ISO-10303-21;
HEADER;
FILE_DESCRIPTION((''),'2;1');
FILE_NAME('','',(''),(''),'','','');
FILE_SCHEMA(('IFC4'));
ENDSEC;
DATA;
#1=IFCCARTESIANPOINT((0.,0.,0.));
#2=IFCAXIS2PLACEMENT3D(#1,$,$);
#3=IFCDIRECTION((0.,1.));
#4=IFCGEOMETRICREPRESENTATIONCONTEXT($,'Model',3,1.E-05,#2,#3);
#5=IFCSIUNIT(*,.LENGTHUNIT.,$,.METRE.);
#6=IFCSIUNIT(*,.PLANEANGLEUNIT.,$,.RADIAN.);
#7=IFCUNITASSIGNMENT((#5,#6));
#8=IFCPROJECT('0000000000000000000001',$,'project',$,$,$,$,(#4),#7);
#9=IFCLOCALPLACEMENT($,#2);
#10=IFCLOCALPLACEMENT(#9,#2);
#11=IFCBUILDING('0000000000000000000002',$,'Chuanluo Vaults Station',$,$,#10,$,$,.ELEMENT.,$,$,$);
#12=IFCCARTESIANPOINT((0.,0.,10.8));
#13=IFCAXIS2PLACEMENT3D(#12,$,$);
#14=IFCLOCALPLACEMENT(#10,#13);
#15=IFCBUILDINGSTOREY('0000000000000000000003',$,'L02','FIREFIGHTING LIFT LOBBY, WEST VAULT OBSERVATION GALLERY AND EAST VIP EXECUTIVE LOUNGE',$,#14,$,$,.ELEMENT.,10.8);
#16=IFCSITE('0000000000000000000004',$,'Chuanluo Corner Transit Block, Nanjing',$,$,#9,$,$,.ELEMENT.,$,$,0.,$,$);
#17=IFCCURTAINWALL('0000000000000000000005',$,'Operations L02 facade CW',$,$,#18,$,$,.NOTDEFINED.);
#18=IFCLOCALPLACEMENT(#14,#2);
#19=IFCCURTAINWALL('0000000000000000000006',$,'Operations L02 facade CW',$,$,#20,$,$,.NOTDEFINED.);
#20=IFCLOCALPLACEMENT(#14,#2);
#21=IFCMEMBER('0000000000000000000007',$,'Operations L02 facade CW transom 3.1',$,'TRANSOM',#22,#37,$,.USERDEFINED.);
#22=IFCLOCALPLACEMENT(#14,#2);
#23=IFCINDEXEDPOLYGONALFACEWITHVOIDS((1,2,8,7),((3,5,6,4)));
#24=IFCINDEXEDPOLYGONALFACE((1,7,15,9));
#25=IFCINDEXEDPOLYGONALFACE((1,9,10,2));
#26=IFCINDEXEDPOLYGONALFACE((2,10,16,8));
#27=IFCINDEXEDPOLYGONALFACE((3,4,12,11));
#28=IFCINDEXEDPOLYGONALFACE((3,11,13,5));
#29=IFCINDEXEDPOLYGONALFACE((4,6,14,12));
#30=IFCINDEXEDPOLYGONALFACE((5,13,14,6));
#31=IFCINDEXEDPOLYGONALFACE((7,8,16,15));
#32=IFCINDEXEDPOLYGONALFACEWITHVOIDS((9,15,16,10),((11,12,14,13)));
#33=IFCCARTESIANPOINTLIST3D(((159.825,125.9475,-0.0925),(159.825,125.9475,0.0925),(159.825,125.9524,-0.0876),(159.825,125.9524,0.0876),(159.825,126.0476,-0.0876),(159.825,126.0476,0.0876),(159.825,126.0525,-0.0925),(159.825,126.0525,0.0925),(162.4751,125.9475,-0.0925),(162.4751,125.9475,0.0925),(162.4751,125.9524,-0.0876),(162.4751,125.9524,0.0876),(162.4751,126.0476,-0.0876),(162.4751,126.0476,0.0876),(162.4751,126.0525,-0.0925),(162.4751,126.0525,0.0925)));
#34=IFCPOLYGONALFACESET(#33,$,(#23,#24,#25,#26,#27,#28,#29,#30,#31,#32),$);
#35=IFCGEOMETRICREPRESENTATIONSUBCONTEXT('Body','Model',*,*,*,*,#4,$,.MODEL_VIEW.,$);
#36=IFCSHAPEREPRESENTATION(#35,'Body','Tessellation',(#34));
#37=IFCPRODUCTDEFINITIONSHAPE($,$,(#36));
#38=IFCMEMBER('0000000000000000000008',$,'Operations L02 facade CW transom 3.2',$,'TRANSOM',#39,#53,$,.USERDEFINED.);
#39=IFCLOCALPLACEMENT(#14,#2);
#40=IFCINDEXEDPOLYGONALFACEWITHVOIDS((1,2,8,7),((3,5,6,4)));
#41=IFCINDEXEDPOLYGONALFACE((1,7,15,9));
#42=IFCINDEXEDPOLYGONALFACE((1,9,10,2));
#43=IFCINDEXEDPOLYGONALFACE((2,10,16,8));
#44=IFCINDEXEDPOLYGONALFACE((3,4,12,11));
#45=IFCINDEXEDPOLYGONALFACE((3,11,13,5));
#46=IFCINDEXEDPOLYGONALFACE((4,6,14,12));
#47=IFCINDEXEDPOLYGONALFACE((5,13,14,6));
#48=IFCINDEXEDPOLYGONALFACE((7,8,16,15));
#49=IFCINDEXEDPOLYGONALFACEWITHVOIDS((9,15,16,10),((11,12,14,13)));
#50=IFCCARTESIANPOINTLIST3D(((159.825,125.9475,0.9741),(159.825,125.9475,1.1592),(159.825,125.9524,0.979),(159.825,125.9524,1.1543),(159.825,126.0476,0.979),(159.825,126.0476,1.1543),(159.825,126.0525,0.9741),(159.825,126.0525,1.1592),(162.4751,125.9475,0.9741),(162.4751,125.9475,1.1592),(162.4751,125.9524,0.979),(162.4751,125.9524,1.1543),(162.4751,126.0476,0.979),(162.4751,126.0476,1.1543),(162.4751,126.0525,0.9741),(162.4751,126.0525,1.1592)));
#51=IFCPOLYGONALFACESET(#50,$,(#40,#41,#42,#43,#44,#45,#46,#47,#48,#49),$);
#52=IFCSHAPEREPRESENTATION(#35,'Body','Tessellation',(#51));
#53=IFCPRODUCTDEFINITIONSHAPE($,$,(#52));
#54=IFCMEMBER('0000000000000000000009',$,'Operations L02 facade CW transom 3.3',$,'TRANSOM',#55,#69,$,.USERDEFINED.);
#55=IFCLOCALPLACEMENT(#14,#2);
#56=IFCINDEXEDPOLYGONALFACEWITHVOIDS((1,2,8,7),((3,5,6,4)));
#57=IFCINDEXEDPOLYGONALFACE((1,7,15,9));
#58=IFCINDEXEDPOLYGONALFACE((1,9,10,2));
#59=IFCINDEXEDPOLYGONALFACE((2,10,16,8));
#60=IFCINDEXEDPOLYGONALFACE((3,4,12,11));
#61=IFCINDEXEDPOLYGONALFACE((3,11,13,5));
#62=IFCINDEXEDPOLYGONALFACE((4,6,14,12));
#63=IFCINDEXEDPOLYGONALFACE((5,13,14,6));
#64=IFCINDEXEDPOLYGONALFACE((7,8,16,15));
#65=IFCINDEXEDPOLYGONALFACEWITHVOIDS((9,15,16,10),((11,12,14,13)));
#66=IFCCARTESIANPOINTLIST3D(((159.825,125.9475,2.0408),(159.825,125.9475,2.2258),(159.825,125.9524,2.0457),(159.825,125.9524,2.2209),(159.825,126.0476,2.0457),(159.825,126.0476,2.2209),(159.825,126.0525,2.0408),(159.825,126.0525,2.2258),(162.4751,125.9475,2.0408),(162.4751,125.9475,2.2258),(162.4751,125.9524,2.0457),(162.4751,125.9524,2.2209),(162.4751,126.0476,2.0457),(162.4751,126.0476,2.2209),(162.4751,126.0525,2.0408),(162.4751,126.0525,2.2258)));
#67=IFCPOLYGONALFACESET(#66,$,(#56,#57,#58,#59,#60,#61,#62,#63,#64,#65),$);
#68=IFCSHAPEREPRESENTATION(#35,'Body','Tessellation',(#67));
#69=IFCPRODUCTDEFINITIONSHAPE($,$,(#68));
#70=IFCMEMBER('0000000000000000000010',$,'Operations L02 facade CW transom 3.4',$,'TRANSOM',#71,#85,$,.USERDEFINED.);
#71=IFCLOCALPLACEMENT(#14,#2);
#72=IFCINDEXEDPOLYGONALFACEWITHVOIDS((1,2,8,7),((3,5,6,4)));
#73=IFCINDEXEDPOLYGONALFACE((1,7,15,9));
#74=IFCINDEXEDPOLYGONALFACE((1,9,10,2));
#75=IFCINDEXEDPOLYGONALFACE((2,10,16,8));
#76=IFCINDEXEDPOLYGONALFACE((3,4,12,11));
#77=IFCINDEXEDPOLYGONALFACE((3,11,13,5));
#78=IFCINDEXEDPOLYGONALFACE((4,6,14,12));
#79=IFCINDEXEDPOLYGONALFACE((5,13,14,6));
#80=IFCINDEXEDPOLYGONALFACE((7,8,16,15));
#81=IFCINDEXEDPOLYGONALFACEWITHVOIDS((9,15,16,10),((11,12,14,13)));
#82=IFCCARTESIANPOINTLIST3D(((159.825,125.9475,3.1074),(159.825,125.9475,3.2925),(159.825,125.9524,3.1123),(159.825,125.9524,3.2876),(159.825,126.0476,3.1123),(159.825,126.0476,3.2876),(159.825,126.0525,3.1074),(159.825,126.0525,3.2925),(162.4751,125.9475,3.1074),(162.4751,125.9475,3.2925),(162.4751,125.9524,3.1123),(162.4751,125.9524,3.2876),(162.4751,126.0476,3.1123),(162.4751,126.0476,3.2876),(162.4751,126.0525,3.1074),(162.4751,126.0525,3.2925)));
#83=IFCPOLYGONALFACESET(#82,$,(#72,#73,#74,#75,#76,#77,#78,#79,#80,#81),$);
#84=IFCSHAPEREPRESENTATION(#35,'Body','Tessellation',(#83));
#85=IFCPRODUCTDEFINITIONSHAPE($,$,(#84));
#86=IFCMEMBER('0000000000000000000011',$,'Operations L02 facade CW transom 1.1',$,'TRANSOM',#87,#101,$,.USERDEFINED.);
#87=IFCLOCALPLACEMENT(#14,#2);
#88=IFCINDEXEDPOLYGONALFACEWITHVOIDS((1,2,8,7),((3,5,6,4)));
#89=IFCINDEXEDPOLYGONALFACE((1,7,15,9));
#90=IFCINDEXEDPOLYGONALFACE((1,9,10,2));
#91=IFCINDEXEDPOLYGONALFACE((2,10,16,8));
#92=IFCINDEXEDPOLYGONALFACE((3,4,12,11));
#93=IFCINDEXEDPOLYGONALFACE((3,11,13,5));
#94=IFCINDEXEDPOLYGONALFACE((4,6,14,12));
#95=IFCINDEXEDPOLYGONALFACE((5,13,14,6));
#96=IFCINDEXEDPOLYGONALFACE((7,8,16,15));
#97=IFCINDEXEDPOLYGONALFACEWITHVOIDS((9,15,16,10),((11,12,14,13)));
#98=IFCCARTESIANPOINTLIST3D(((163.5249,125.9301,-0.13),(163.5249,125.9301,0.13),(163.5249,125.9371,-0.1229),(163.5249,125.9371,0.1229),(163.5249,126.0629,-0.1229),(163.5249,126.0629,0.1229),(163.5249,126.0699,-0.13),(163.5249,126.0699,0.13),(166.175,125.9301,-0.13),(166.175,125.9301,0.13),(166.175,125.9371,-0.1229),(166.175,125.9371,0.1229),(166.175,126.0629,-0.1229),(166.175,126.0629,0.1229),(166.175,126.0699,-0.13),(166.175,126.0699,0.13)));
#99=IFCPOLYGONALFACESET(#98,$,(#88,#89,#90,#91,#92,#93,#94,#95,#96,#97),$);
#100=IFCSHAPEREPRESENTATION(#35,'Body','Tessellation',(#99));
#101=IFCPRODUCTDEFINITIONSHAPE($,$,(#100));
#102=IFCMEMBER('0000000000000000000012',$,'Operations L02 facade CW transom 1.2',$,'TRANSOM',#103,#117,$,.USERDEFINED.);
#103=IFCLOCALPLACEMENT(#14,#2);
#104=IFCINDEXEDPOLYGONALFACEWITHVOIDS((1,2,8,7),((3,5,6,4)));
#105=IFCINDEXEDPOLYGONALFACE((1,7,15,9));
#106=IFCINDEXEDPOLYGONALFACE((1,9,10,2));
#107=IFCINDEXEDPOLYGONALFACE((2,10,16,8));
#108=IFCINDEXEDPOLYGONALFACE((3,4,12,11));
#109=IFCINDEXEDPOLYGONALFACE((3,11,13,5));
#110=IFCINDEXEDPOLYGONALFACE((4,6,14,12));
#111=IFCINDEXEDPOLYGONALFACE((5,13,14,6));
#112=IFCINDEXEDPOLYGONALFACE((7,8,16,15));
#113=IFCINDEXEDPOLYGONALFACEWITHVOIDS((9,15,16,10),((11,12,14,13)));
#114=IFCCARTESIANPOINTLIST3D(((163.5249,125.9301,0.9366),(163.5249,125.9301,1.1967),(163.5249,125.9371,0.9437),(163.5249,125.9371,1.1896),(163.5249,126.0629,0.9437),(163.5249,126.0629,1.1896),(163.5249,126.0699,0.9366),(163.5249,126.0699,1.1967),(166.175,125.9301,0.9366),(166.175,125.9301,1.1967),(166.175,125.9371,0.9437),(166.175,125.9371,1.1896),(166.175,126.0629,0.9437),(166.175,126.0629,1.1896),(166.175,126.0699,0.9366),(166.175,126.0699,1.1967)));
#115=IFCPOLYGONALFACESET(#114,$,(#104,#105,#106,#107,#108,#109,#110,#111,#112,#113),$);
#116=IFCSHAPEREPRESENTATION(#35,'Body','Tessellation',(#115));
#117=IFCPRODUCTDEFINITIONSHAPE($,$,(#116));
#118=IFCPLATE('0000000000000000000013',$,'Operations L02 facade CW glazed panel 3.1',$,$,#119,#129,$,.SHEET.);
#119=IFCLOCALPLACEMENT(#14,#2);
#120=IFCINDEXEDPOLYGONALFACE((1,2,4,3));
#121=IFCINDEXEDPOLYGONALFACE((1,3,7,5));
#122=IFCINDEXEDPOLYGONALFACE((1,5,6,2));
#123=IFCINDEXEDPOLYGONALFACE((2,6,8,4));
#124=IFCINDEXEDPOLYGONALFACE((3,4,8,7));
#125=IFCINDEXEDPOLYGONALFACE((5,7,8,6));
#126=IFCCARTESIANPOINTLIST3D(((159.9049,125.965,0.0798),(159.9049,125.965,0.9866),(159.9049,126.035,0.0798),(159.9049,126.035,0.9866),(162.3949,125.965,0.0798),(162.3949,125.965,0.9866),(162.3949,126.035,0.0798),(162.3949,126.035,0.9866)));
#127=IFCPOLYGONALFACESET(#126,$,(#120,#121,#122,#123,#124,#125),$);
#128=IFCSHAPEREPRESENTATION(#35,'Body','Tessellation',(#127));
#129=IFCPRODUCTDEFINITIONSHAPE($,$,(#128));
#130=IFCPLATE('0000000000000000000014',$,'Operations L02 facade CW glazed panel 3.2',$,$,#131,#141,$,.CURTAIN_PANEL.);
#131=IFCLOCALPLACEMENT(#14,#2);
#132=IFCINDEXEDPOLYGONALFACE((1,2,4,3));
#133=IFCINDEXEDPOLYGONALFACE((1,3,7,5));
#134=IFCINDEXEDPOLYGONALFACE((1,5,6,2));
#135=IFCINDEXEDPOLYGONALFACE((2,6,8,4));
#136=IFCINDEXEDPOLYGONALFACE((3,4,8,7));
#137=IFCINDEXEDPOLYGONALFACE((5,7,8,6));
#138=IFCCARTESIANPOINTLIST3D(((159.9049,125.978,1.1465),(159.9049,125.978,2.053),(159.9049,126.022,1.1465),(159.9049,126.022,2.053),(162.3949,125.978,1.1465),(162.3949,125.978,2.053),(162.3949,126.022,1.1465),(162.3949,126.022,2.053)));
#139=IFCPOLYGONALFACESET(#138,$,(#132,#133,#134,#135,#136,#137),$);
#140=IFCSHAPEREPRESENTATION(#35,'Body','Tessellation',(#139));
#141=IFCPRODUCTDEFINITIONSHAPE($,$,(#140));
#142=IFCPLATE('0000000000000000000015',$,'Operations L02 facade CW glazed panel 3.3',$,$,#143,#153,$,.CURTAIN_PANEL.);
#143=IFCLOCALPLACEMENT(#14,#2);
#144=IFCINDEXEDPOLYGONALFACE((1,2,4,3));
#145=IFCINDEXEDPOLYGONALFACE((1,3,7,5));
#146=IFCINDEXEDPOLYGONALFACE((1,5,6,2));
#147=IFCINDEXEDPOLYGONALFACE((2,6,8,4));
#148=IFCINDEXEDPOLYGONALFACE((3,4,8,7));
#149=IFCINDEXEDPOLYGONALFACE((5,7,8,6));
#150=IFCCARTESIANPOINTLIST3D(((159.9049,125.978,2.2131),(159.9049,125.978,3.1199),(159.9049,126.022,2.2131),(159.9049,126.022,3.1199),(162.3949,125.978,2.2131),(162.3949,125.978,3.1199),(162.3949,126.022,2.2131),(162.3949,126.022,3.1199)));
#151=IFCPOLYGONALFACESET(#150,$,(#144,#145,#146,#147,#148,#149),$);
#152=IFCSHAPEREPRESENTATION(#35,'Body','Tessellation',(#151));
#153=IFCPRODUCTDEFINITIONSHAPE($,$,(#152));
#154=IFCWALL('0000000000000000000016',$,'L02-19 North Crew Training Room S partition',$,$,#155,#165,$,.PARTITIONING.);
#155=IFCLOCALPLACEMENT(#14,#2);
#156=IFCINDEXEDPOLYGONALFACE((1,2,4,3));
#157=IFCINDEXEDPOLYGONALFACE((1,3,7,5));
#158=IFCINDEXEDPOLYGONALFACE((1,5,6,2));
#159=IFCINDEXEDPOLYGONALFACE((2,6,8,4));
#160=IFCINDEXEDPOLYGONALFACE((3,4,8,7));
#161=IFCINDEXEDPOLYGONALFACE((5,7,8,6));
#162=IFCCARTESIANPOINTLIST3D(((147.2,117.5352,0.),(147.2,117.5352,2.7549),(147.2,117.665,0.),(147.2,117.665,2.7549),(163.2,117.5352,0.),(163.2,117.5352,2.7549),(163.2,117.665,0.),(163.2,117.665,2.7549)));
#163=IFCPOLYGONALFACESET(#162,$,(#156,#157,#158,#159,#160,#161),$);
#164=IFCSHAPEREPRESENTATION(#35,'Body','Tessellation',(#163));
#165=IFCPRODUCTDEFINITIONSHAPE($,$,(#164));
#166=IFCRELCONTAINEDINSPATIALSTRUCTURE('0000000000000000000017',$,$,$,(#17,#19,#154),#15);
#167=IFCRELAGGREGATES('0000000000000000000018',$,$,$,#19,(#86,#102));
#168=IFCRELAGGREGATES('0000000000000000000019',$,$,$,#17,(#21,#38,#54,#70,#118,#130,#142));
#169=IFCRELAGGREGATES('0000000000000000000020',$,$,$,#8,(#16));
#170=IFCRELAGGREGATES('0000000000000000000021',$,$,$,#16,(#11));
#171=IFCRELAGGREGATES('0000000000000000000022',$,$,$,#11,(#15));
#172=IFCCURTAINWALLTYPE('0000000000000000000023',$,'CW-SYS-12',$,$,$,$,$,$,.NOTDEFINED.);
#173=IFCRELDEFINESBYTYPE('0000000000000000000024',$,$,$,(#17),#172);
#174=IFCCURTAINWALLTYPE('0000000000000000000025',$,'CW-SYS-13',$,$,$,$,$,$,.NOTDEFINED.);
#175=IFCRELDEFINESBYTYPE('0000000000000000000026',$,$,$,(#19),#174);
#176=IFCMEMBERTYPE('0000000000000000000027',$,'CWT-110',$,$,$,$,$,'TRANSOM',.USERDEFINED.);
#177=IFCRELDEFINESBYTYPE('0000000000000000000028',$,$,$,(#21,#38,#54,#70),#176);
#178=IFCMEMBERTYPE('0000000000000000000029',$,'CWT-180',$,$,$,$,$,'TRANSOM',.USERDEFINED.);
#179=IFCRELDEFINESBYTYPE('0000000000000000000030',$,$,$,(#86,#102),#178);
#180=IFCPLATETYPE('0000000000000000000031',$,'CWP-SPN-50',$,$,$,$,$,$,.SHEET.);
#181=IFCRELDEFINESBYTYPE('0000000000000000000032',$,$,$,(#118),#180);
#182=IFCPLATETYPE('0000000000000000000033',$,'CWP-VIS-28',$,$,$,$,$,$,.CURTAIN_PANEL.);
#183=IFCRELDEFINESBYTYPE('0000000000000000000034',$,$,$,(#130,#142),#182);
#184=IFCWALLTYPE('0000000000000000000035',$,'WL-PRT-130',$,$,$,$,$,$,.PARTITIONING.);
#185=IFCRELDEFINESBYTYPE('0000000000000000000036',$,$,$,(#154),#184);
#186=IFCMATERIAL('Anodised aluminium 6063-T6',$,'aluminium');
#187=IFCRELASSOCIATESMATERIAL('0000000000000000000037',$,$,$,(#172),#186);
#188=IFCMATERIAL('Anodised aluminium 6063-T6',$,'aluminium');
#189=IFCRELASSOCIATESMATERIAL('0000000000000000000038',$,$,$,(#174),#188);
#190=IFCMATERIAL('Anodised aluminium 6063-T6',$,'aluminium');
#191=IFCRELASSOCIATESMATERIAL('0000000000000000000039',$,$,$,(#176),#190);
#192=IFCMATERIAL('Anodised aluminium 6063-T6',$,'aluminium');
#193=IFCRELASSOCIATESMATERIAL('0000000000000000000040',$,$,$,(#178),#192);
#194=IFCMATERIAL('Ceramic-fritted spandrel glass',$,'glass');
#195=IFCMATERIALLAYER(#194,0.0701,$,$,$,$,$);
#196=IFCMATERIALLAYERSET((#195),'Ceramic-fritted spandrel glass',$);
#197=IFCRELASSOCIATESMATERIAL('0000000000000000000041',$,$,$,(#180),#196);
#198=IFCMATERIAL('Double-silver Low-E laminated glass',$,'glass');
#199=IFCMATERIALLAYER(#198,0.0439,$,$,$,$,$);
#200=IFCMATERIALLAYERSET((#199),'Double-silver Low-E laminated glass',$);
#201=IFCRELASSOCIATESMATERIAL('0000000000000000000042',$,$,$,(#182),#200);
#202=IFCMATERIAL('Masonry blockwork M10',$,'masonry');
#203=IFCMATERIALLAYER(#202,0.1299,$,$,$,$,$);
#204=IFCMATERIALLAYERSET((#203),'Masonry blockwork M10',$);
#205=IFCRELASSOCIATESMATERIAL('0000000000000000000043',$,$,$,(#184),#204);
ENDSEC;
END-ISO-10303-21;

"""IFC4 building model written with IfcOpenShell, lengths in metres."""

from ifc_helpers import new_model, si_unit, direction, frame, frame_2d, origin, origin_2d, place, context, subcontext, project, spatial, rectangle, hollow_rectangle, extrude, material, layer, layer_set, material_profile, profile_set, type_object, element, aggregate, save


model = new_model("IFC4")

# Units and contexts
model_context = context("Model", 3, precision=1e-05, world=origin(), true_north=direction((0.0, 1.0)))
body_context = subcontext(model_context, "Body", "Model", "MODEL_VIEW")
ifc_project = project(units=[si_unit("LENGTHUNIT", "METRE"), si_unit("PLANEANGLEUNIT", "RADIAN")], contexts=[model_context])

# Site, building, storey
site_placement = place(None, origin())
site = spatial("IfcSite", under=ifc_project, at=site_placement, Name="Chuanluo Corner Transit Block, Nanjing", CompositionType="ELEMENT", RefElevation=0.0)
building_placement = place(site_placement, origin())
building = spatial("IfcBuilding", under=site, at=building_placement, Name="Chuanluo Vaults Station", CompositionType="ELEMENT")
storey_placement = place(building_placement, frame((0.0, 0.0, 10.8)))
storey = spatial("IfcBuildingStorey", under=building, at=storey_placement, Name="L02", Description="FIREFIGHTING LIFT LOBBY, WEST VAULT OBSERVATION GALLERY AND EAST VIP EXECUTIVE LOUNGE", CompositionType="ELEMENT", Elevation=10.8)

# Curtain walls
ifc_material_1 = material(Name="Anodised aluminium 6063-T6", Category="aluminium")
curtain_wall_type_1 = type_object("IfcCurtainWallType", Name="CW-SYS-12", PredefinedType="NOTDEFINED", material=ifc_material_1)
curtain_wall_1_placement = place(storey_placement, origin())
curtain_wall_1 = element("IfcCurtainWall", 1, at=curtain_wall_1_placement, inside=storey, type_object=curtain_wall_type_1, Name="Operations L02 facade CW", PredefinedType="NOTDEFINED")
ifc_material_2 = material(Name="Anodised aluminium 6063-T6", Category="aluminium")
curtain_wall_type_2 = type_object("IfcCurtainWallType", Name="CW-SYS-13", PredefinedType="NOTDEFINED", material=ifc_material_2)
curtain_wall_2_placement = place(storey_placement, origin())
curtain_wall_2 = element("IfcCurtainWall", 2, at=curtain_wall_2_placement, inside=storey, type_object=curtain_wall_type_2, Name="Operations L02 facade CW", PredefinedType="NOTDEFINED")

# Members
ifc_material_3 = material(Name="Anodised aluminium 6063-T6", Category="aluminium")
ifc_material_profile_1 = material_profile(ifc_material_3, hollow_rectangle(XDim=0.105, YDim=0.1851, WallThickness=0.0049, at=origin_2d()))
ifc_profile_set_1 = profile_set([ifc_material_profile_1], Name="Anodised aluminium 6063-T6")
member_type_1 = type_object("IfcMemberType", Name="CWT-110", ElementType="TRANSOM", PredefinedType="USERDEFINED", material=ifc_profile_set_1)
member_1_placement = place(storey_placement, frame((159.825, 126.0, 0.0), z_axis=(1.0, 0.0, 0.0), x_axis=(0.0, 1.0, 0.0)))
member_1 = element("IfcMember", 3, at=member_1_placement, type_object=member_type_1, Name="Operations L02 facade CW transom 3.1", ObjectType="TRANSOM", PredefinedType="USERDEFINED", context=body_context, shape_type="SweptSolid", body=[
    extrude(hollow_rectangle(XDim=0.105, YDim=0.1851, WallThickness=0.0049, at=origin_2d()), origin(), (0.0, 0.0, 1.0), 2.6501),
])
member_2_placement = place(storey_placement, frame((159.825, 126.0, 1.0667), z_axis=(1.0, 0.0, 0.0), x_axis=(0.0, 1.0, 0.0)))
member_2 = element("IfcMember", 4, at=member_2_placement, type_object=member_type_1, Name="Operations L02 facade CW transom 3.2", ObjectType="TRANSOM", PredefinedType="USERDEFINED", context=body_context, shape_type="SweptSolid", body=[
    extrude(hollow_rectangle(XDim=0.105, YDim=0.1851, WallThickness=0.0049, at=origin_2d()), origin(), (0.0, 0.0, 1.0), 2.6501),
])
member_3_placement = place(storey_placement, frame((159.825, 126.0, 2.1333), z_axis=(1.0, 0.0, 0.0), x_axis=(0.0, 1.0, 0.0)))
member_3 = element("IfcMember", 5, at=member_3_placement, type_object=member_type_1, Name="Operations L02 facade CW transom 3.3", ObjectType="TRANSOM", PredefinedType="USERDEFINED", context=body_context, shape_type="SweptSolid", body=[
    extrude(hollow_rectangle(XDim=0.105, YDim=0.1851, WallThickness=0.0049, at=origin_2d()), origin(), (0.0, 0.0, 1.0), 2.6501),
])
member_4_placement = place(storey_placement, frame((159.825, 126.0, 3.2), z_axis=(1.0, 0.0, 0.0), x_axis=(0.0, 1.0, 0.0)))
member_4 = element("IfcMember", 6, at=member_4_placement, type_object=member_type_1, Name="Operations L02 facade CW transom 3.4", ObjectType="TRANSOM", PredefinedType="USERDEFINED", context=body_context, shape_type="SweptSolid", body=[
    extrude(hollow_rectangle(XDim=0.105, YDim=0.1851, WallThickness=0.0049, at=origin_2d()), origin(), (0.0, 0.0, 1.0), 2.6501),
])
ifc_material_4 = material(Name="Anodised aluminium 6063-T6", Category="aluminium")
ifc_material_profile_2 = material_profile(ifc_material_4, hollow_rectangle(XDim=0.1399, YDim=0.26, WallThickness=0.0071, at=origin_2d()))
ifc_profile_set_2 = profile_set([ifc_material_profile_2], Name="Anodised aluminium 6063-T6")
member_type_2 = type_object("IfcMemberType", Name="CWT-180", ElementType="TRANSOM", PredefinedType="USERDEFINED", material=ifc_profile_set_2)
member_5_placement = place(storey_placement, frame((163.5249, 126.0, 0.0), z_axis=(1.0, 0.0, 0.0), x_axis=(0.0, 1.0, 0.0)))
member_5 = element("IfcMember", 7, at=member_5_placement, type_object=member_type_2, Name="Operations L02 facade CW transom 1.1", ObjectType="TRANSOM", PredefinedType="USERDEFINED", context=body_context, shape_type="SweptSolid", body=[
    extrude(hollow_rectangle(XDim=0.1399, YDim=0.26, WallThickness=0.0071, at=origin_2d()), origin(), (0.0, 0.0, 1.0), 2.6501),
])
member_6_placement = place(storey_placement, frame((163.5249, 126.0, 1.0667), z_axis=(1.0, 0.0, 0.0), x_axis=(0.0, 1.0, 0.0)))
member_6 = element("IfcMember", 8, at=member_6_placement, type_object=member_type_2, Name="Operations L02 facade CW transom 1.2", ObjectType="TRANSOM", PredefinedType="USERDEFINED", context=body_context, shape_type="SweptSolid", body=[
    extrude(hollow_rectangle(XDim=0.1399, YDim=0.26, WallThickness=0.0071, at=origin_2d()), origin(), (0.0, 0.0, 1.0), 2.6501),
])
aggregate(curtain_wall_2, [member_5, member_6])

# Plates
ifc_material_5 = material(Name="Ceramic-fritted spandrel glass", Category="glass")
ifc_layer_1 = layer(ifc_material_5, 0.0701)
ifc_layer_set_1 = layer_set([ifc_layer_1], Name="Ceramic-fritted spandrel glass")
plate_type_1 = type_object("IfcPlateType", Name="CWP-SPN-50", PredefinedType="SHEET", material=ifc_layer_set_1)
plate_1_placement = place(storey_placement, frame((161.1499, 126.0, 0.0798), z_axis=(0.0, 0.0, 1.0), x_axis=(1.0, 0.0, 0.0)))
plate_1 = element("IfcPlate", 9, at=plate_1_placement, type_object=plate_type_1, Name="Operations L02 facade CW glazed panel 3.1", PredefinedType="SHEET", context=body_context, shape_type="SweptSolid", body=[
    extrude(rectangle(XDim=2.49, YDim=0.0701, at=origin_2d()), origin(), (0.0, 0.0, 1.0), 0.9067),
])
ifc_material_6 = material(Name="Double-silver Low-E laminated glass", Category="glass")
ifc_layer_2 = layer(ifc_material_6, 0.0439)
ifc_layer_set_2 = layer_set([ifc_layer_2], Name="Double-silver Low-E laminated glass")
plate_type_2 = type_object("IfcPlateType", Name="CWP-VIS-28", PredefinedType="CURTAIN_PANEL", material=ifc_layer_set_2)
plate_2_placement = place(storey_placement, frame((161.1499, 126.0, 1.1465), z_axis=(0.0, 0.0, 1.0), x_axis=(1.0, 0.0, 0.0)))
plate_2 = element("IfcPlate", 10, at=plate_2_placement, type_object=plate_type_2, Name="Operations L02 facade CW glazed panel 3.2", PredefinedType="CURTAIN_PANEL", context=body_context, shape_type="SweptSolid", body=[
    extrude(rectangle(XDim=2.49, YDim=0.0439, at=origin_2d()), origin(), (0.0, 0.0, 1.0), 0.9065),
])
plate_3_placement = place(storey_placement, frame((161.1499, 126.0, 2.2131), z_axis=(0.0, 0.0, 1.0), x_axis=(1.0, 0.0, 0.0)))
plate_3 = element("IfcPlate", 11, at=plate_3_placement, type_object=plate_type_2, Name="Operations L02 facade CW glazed panel 3.3", PredefinedType="CURTAIN_PANEL", context=body_context, shape_type="SweptSolid", body=[
    extrude(rectangle(XDim=2.49, YDim=0.0439, at=origin_2d()), origin(), (0.0, 0.0, 1.0), 0.9067),
])
aggregate(curtain_wall_1, [member_1, member_2, member_3, member_4, plate_1, plate_2, plate_3])

# Wall
ifc_material_7 = material(Name="Masonry blockwork M10", Category="masonry")
ifc_layer_3 = layer(ifc_material_7, 0.1299)
ifc_layer_set_3 = layer_set([ifc_layer_3], Name="Masonry blockwork M10")
wall_type_1 = type_object("IfcWallType", Name="WL-PRT-130", PredefinedType="PARTITIONING", material=ifc_layer_set_3)
wall_1_placement = place(storey_placement, frame((163.2, 117.6001, 0.0), z_axis=(0.0, 0.0, 1.0), x_axis=(-1.0, 0.0, 0.0)))
element("IfcWall", 12, at=wall_1_placement, inside=storey, type_object=wall_type_1, Name="L02-19 North Crew Training Room S partition", PredefinedType="PARTITIONING", context=body_context, shape_type="SweptSolid", body=[
    extrude(rectangle(XDim=16.0, YDim=0.1299, at=frame_2d((8.0, 0.0))), origin(), (0.0, 0.0, 1.0), 2.7549),
])

save(model, "model.ifc")
